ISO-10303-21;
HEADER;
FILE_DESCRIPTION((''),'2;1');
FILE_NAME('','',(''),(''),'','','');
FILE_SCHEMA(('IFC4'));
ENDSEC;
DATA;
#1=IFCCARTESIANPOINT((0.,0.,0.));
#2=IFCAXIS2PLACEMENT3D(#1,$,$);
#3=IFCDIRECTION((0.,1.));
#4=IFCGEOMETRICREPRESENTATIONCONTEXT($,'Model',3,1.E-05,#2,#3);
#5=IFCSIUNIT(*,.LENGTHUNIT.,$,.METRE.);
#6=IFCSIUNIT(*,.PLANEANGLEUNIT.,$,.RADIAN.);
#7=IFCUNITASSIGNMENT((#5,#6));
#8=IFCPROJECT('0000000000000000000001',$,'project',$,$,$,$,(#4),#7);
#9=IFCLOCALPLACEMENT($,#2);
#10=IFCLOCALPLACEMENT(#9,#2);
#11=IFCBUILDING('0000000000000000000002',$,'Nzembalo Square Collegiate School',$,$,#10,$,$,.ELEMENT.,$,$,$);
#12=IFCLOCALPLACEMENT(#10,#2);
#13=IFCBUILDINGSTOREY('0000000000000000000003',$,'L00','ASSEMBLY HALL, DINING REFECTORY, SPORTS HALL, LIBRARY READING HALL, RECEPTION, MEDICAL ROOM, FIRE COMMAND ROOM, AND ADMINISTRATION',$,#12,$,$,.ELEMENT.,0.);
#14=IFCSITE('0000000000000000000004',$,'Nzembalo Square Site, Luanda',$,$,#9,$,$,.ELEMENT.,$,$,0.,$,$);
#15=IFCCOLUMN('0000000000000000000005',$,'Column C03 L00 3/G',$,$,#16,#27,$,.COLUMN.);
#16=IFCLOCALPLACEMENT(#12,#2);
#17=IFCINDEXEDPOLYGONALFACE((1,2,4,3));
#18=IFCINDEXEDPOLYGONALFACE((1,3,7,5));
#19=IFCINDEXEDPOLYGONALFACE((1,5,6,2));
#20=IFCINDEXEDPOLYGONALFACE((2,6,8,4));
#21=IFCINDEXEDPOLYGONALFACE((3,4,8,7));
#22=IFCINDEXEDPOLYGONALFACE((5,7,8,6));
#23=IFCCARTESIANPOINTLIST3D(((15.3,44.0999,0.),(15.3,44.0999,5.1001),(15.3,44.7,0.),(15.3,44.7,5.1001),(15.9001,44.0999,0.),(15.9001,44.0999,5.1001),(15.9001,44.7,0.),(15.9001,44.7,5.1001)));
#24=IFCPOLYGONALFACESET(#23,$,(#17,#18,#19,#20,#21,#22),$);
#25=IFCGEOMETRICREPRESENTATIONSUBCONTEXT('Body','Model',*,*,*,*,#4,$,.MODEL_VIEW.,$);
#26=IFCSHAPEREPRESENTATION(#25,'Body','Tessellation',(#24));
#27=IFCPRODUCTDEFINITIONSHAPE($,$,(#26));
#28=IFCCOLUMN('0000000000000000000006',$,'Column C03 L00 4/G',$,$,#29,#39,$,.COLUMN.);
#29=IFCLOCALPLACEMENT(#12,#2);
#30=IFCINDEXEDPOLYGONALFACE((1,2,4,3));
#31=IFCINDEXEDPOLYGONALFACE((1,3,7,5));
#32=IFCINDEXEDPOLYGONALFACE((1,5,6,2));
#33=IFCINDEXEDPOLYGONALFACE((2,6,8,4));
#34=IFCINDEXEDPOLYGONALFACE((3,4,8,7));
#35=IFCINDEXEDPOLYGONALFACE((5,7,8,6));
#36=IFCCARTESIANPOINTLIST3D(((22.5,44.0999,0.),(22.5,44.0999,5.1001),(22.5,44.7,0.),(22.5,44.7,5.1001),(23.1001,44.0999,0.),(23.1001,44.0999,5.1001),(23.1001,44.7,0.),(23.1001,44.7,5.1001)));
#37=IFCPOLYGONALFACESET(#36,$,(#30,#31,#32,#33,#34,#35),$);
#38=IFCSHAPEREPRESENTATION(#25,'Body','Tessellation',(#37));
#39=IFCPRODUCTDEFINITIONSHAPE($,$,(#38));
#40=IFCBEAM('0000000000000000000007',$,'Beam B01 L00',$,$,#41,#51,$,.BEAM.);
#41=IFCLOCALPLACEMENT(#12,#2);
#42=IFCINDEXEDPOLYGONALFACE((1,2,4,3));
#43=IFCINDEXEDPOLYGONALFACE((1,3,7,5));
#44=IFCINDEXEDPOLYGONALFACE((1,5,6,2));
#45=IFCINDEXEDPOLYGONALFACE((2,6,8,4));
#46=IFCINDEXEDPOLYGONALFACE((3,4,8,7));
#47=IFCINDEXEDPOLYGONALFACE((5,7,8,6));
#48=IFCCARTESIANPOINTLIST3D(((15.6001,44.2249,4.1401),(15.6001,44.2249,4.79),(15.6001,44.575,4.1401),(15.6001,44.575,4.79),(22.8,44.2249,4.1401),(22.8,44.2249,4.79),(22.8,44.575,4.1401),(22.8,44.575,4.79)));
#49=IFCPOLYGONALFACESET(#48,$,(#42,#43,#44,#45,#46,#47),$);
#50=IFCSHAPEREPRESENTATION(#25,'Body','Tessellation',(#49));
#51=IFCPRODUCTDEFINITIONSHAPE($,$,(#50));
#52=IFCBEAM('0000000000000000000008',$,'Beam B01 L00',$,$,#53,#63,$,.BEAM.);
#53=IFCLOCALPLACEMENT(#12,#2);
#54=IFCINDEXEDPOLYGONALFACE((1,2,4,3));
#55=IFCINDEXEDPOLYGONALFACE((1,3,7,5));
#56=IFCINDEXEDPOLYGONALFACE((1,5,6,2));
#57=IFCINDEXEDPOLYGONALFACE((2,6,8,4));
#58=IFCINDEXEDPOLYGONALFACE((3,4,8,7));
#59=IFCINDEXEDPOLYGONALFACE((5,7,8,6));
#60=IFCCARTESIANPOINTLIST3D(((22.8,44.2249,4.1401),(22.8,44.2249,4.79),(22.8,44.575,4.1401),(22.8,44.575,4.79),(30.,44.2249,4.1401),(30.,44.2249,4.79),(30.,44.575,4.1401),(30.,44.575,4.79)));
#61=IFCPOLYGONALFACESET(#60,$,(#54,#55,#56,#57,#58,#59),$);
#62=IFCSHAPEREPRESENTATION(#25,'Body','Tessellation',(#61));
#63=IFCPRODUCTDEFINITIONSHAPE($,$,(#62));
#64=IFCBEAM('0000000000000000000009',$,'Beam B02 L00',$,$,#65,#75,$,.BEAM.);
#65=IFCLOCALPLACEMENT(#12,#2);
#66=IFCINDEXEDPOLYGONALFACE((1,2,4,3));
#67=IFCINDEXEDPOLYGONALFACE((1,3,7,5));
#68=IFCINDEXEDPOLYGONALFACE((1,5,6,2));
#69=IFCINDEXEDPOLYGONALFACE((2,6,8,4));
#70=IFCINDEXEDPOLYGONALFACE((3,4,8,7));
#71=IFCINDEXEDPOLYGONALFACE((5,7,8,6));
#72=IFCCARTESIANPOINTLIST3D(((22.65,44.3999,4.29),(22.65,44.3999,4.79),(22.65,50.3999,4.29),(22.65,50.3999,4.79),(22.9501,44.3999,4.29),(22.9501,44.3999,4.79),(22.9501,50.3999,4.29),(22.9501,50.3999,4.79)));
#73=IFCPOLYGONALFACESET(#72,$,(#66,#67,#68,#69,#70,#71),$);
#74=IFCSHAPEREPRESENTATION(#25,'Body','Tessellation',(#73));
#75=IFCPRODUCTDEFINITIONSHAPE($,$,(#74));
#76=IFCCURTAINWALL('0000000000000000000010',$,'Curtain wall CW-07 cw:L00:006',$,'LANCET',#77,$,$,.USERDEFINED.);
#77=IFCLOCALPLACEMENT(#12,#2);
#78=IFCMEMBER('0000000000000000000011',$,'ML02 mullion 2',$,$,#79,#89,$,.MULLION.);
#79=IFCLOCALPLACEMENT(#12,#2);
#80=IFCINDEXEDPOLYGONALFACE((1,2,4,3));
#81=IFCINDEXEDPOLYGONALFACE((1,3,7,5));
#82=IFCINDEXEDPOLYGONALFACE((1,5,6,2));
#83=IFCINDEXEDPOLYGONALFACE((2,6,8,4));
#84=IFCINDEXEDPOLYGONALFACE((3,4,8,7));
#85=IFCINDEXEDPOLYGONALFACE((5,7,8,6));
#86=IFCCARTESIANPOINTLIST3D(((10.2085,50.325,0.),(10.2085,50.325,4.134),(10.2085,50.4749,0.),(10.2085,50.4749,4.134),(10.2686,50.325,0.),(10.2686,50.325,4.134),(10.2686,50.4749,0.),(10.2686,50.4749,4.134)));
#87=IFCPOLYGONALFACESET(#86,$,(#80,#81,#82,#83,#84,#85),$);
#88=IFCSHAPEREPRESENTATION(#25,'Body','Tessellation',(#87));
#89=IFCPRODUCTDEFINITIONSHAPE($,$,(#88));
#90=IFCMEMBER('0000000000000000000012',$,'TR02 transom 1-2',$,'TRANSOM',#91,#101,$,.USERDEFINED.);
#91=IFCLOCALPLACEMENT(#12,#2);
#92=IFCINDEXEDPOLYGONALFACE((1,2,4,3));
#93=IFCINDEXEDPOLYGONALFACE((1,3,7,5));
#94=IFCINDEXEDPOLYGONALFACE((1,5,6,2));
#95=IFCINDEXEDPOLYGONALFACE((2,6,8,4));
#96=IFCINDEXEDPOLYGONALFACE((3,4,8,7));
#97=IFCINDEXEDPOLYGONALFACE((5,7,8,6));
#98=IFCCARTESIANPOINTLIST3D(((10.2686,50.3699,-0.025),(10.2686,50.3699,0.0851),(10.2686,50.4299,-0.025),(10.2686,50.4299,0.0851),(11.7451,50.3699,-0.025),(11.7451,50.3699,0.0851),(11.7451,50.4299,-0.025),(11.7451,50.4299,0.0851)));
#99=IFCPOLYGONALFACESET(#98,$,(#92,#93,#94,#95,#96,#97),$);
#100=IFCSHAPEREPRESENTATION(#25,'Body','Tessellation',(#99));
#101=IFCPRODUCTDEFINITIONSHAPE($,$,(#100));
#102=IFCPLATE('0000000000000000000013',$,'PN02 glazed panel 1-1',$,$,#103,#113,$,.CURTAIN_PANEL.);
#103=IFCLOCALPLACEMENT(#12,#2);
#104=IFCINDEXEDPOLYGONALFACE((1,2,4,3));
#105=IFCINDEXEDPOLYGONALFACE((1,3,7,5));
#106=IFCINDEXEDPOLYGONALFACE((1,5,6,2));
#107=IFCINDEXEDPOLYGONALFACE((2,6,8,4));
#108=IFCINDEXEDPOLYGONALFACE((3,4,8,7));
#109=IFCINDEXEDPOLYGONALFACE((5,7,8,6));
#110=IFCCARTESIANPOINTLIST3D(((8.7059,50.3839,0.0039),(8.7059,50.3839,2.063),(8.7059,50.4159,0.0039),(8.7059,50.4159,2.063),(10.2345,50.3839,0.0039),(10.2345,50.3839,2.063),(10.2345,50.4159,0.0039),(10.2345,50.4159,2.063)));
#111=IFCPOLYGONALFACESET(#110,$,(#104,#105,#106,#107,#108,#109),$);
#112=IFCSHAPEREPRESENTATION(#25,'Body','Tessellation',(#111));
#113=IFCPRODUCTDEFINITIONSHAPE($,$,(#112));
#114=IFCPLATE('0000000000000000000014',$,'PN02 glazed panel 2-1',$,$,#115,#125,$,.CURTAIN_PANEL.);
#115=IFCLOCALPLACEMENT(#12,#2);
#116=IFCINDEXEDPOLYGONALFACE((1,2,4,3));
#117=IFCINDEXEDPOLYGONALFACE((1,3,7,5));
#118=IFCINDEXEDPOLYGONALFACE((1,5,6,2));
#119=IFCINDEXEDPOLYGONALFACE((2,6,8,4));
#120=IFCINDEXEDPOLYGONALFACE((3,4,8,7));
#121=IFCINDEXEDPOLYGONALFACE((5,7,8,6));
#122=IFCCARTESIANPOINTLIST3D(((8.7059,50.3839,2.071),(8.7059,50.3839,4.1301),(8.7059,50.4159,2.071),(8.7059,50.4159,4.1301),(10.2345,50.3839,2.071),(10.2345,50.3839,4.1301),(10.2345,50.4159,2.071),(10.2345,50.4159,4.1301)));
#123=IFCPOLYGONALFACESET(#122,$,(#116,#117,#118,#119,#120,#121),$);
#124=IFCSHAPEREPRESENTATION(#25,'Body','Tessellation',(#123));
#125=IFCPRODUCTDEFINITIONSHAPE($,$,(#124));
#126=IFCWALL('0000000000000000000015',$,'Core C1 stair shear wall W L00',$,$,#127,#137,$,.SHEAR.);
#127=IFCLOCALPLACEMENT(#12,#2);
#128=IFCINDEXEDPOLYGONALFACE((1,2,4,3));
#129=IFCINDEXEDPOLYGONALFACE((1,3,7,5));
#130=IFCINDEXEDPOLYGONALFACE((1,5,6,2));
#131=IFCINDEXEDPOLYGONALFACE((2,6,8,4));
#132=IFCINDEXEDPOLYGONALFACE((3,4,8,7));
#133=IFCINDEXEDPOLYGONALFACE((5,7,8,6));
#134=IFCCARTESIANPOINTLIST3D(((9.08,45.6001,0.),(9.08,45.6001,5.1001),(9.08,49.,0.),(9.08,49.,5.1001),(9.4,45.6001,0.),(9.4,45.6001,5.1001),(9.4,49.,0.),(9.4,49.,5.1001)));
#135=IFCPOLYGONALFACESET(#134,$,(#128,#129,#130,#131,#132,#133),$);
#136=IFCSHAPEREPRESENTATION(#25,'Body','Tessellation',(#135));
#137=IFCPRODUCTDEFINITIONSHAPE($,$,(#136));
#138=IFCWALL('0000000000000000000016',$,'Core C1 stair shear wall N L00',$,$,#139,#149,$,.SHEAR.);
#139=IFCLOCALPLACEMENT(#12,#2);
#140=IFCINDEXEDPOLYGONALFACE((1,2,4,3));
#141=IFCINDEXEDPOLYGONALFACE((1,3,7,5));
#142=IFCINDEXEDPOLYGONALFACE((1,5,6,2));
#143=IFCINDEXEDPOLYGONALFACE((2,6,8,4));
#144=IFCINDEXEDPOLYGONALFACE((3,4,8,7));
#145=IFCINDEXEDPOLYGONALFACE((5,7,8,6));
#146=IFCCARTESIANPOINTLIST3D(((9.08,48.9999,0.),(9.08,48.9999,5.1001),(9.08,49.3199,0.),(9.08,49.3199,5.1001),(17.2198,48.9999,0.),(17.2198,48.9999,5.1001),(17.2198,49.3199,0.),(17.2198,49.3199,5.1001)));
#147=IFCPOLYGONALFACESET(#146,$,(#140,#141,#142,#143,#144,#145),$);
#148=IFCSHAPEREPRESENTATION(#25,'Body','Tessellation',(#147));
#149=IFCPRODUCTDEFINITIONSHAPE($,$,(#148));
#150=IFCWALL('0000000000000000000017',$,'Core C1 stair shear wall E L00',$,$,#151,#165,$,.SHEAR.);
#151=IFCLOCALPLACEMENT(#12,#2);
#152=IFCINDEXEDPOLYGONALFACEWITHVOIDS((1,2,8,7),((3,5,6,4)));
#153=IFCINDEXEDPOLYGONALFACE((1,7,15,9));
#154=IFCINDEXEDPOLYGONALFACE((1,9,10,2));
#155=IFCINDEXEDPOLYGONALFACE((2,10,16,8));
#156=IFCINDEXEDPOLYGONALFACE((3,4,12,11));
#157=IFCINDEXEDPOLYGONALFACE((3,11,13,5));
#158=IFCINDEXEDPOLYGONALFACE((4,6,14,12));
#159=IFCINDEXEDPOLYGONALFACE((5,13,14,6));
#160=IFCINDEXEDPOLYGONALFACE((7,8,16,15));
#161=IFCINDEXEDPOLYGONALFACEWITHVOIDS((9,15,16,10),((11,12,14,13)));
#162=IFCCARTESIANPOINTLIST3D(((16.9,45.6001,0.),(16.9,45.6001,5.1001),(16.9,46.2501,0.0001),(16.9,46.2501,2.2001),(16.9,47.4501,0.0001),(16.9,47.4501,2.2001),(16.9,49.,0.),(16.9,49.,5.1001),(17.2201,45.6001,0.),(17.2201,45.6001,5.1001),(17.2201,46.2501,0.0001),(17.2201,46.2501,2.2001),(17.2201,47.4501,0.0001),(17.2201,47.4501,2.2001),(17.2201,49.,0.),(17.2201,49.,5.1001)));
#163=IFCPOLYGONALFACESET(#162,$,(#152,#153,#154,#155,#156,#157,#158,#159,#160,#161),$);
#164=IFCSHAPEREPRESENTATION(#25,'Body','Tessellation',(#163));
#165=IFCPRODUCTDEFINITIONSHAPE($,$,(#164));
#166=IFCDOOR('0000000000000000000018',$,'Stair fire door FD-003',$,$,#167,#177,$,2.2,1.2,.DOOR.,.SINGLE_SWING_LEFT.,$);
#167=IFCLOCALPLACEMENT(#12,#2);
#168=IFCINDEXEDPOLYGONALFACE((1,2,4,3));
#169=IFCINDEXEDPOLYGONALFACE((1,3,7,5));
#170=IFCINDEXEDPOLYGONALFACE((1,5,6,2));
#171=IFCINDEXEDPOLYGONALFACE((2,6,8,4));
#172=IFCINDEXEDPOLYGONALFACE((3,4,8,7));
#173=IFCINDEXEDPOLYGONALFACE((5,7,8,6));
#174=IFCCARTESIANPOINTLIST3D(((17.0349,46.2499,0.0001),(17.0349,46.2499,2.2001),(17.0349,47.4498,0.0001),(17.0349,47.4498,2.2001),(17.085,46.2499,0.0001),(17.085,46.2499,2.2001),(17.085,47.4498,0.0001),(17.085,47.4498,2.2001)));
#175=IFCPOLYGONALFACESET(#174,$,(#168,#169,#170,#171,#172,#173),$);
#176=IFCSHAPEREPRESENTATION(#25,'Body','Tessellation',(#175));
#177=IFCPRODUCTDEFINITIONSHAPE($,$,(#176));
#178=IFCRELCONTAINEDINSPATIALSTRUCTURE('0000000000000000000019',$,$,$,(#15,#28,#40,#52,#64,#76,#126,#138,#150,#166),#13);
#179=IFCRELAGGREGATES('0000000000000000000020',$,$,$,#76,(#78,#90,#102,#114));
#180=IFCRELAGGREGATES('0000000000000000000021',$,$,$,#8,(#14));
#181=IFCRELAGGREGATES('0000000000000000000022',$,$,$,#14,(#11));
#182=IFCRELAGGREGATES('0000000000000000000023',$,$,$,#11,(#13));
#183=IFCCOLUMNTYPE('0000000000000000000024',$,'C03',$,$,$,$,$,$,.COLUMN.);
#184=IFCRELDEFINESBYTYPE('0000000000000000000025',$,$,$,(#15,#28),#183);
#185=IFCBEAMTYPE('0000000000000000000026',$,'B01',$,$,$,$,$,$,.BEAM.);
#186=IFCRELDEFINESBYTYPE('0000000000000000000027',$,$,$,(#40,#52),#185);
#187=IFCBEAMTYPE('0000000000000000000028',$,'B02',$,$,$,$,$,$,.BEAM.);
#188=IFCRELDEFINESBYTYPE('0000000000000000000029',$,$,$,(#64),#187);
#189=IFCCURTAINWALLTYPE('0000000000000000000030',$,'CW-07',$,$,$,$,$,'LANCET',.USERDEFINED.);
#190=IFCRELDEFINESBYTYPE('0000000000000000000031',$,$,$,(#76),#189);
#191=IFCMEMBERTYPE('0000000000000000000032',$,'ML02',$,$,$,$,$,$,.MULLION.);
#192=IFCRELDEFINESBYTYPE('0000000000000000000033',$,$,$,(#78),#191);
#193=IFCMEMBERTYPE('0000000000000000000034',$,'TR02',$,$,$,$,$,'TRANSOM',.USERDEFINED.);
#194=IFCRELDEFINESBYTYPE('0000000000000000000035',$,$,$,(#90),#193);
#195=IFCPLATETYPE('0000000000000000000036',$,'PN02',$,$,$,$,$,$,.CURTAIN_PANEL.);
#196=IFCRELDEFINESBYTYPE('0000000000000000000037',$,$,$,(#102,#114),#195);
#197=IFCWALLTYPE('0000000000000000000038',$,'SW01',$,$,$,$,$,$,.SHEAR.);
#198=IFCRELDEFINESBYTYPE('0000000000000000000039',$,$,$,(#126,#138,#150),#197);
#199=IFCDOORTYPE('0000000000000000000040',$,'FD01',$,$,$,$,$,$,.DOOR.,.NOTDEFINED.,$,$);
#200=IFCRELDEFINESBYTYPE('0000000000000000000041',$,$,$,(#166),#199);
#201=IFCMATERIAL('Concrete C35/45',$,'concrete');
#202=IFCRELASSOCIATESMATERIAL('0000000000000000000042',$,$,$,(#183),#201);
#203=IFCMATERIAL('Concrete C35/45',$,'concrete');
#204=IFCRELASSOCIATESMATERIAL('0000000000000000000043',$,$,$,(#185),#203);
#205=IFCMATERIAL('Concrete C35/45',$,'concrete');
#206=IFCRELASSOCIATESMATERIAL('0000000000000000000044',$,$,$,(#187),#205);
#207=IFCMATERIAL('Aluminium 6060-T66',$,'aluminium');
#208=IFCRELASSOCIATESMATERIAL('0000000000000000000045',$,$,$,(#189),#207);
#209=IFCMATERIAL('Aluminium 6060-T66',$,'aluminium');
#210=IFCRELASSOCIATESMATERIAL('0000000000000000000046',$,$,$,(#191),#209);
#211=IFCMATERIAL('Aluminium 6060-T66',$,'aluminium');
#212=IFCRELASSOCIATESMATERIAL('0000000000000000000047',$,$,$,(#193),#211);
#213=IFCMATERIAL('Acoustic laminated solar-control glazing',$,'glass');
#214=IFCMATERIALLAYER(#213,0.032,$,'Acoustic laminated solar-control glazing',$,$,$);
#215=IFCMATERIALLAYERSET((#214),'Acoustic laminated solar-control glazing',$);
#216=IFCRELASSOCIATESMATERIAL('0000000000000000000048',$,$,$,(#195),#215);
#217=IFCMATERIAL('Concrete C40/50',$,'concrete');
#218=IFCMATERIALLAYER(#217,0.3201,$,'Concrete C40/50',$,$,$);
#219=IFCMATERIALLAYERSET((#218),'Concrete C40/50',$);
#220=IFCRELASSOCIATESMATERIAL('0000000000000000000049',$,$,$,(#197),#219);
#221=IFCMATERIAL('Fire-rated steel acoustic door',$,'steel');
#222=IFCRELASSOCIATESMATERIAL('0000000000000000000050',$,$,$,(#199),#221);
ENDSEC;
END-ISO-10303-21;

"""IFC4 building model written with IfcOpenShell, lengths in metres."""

from ifc_helpers import new_model, si_unit, direction, frame, frame_2d, origin, origin_2d, place, context, subcontext, project, spatial, rectangle, extrude, material, layer, layer_set, material_profile, profile_set, type_object, element, fill, aggregate, save


model = new_model("IFC4")

# Units and contexts
model_context = context("Model", 3, precision=1e-05, world=origin(), true_north=direction((0.0, 1.0)))
body_context = subcontext(model_context, "Body", "Model", "MODEL_VIEW")
ifc_project = project(units=[si_unit("LENGTHUNIT", "METRE"), si_unit("PLANEANGLEUNIT", "RADIAN")], contexts=[model_context])

# Site, building, storey
site_placement = place(None, origin())
site = spatial("IfcSite", under=ifc_project, at=site_placement, Name="Nzembalo Square Site, Luanda", CompositionType="ELEMENT", RefElevation=0.0)
building_placement = place(site_placement, origin())
building = spatial("IfcBuilding", under=site, at=building_placement, Name="Nzembalo Square Collegiate School", CompositionType="ELEMENT")
storey_placement = place(building_placement, origin())
storey = spatial("IfcBuildingStorey", under=building, at=storey_placement, Name="L00", Description="ASSEMBLY HALL, DINING REFECTORY, SPORTS HALL, LIBRARY READING HALL, RECEPTION, MEDICAL ROOM, FIRE COMMAND ROOM, AND ADMINISTRATION", CompositionType="ELEMENT", Elevation=0.0)

# Columns
ifc_material_1 = material(Name="Concrete C35/45", Category="concrete")
ifc_material_profile_1 = material_profile(ifc_material_1, rectangle(XDim=0.6001, YDim=0.6001, at=origin_2d()), Name="RC 600x600")
ifc_profile_set_1 = profile_set([ifc_material_profile_1], Name="Concrete C35/45")
column_type = type_object("IfcColumnType", Name="C03", PredefinedType="COLUMN", material=ifc_profile_set_1)
for number, where, z_axis, x_axis, name in (
    (1, (15.6001, 44.3999, 0.0), (0.0, 0.0, 1.0), (1.0, 0.0, 0.0), "Column C03 L00 3/G"),
    (2, (22.8, 44.3999, 0.0), (0.0, 0.0, 1.0), (1.0, 0.0, 0.0), "Column C03 L00 4/G"),
):
    element("IfcColumn", number, at=place(storey_placement, frame(where, z_axis=z_axis, x_axis=x_axis)), inside=storey, type_object=column_type, Name=name, PredefinedType="COLUMN", context=body_context, shape_type="SweptSolid", body=[
        extrude(rectangle(XDim=0.6001, YDim=0.6001, at=origin_2d()), origin(), (0.0, 0.0, 1.0), 5.1001),
    ])

# Beams
ifc_material_2 = material(Name="Concrete C35/45", Category="concrete")
ifc_material_profile_2 = material_profile(ifc_material_2, rectangle(XDim=0.3501, YDim=0.6499, at=origin_2d()), Name="RC 350x650")
ifc_profile_set_2 = profile_set([ifc_material_profile_2], Name="Concrete C35/45")
beam_type_1 = type_object("IfcBeamType", Name="B01", PredefinedType="BEAM", material=ifc_profile_set_2)
for number, where, z_axis, x_axis, name in (
    (3, (15.6001, 44.3999, 4.4651), (1.0, 0.0, 0.0), (0.0, 1.0, 0.0), "Beam B01 L00"),
    (4, (22.8, 44.3999, 4.4651), (1.0, 0.0, 0.0), (0.0, 1.0, 0.0), "Beam B01 L00"),
):
    element("IfcBeam", number, at=place(storey_placement, frame(where, z_axis=z_axis, x_axis=x_axis)), inside=storey, type_object=beam_type_1, Name=name, PredefinedType="BEAM", context=body_context, shape_type="SweptSolid", body=[
        extrude(rectangle(XDim=0.3501, YDim=0.6499, at=origin_2d()), origin(), (0.0, 0.0, 1.0), 7.2),
    ])
ifc_material_3 = material(Name="Concrete C35/45", Category="concrete")
ifc_material_profile_3 = material_profile(ifc_material_3, rectangle(XDim=0.3, YDim=0.5, at=origin_2d()), Name="RC 300x500")
ifc_profile_set_3 = profile_set([ifc_material_profile_3], Name="Concrete C35/45")
beam_type_2 = type_object("IfcBeamType", Name="B02", PredefinedType="BEAM", material=ifc_profile_set_3)
beam_placement = place(storey_placement, frame((22.8, 44.3999, 4.54), z_axis=(0.0, 1.0, 0.0), x_axis=(-1.0, 0.0, 0.0)))
element("IfcBeam", 5, at=beam_placement, inside=storey, type_object=beam_type_2, Name="Beam B02 L00", PredefinedType="BEAM", context=body_context, shape_type="SweptSolid", body=[
    extrude(rectangle(XDim=0.3, YDim=0.5, at=origin_2d()), origin(), (0.0, 0.0, 1.0), 6.0),
])

# Curtain wall, members, plates
ifc_material_4 = material(Name="Aluminium 6060-T66", Category="aluminium")
curtain_wall_type = type_object("IfcCurtainWallType", Name="CW-07", ElementType="LANCET", PredefinedType="USERDEFINED", material=ifc_material_4)
curtain_wall_placement = place(storey_placement, origin())
curtain_wall = element("IfcCurtainWall", 6, at=curtain_wall_placement, inside=storey, type_object=curtain_wall_type, Name="Curtain wall CW-07 cw:L00:006", ObjectType="LANCET", PredefinedType="USERDEFINED")
ifc_material_5 = material(Name="Aluminium 6060-T66", Category="aluminium")
ifc_material_profile_4 = material_profile(ifc_material_5, rectangle(XDim=0.0601, YDim=0.1499, at=origin_2d()), Name="ALU M60x150")
ifc_profile_set_4 = profile_set([ifc_material_profile_4], Name="Aluminium 6060-T66")
member_type_1 = type_object("IfcMemberType", Name="ML02", PredefinedType="MULLION", material=ifc_profile_set_4)
member_1_placement = place(storey_placement, frame((10.2385, 50.3999, 0.0), z_axis=(0.0, 0.0, 1.0), x_axis=(1.0, 0.0, 0.0)))
member_1 = element("IfcMember", 7, at=member_1_placement, type_object=member_type_1, Name="ML02 mullion 2", PredefinedType="MULLION", context=body_context, shape_type="SweptSolid", body=[
    extrude(rectangle(XDim=0.0601, YDim=0.1499, at=origin_2d()), origin(), (0.0, 0.0, 1.0), 4.134),
])
ifc_material_6 = material(Name="Aluminium 6060-T66", Category="aluminium")
ifc_material_profile_5 = material_profile(ifc_material_6, rectangle(XDim=0.0601, YDim=0.1101, at=origin_2d()), Name="ALU T60x110")
ifc_profile_set_5 = profile_set([ifc_material_profile_5], Name="Aluminium 6060-T66")
member_type_2 = type_object("IfcMemberType", Name="TR02", ElementType="TRANSOM", PredefinedType="USERDEFINED", material=ifc_profile_set_5)
member_2_placement = place(storey_placement, frame((10.2686, 50.3999, 0.03), z_axis=(1.0, 0.0, 0.0), x_axis=(0.0, 1.0, 0.0)))
member_2 = element("IfcMember", 8, at=member_2_placement, type_object=member_type_2, Name="TR02 transom 1-2", ObjectType="TRANSOM", PredefinedType="USERDEFINED", context=body_context, shape_type="SweptSolid", body=[
    extrude(rectangle(XDim=0.0601, YDim=0.1101, at=origin_2d()), origin(), (0.0, 0.0, 1.0), 1.4766),
])
ifc_material_7 = material(Name="Acoustic laminated solar-control glazing", Category="glass")
ifc_layer_1 = layer(ifc_material_7, 0.032, Name="Acoustic laminated solar-control glazing")
ifc_layer_set_1 = layer_set([ifc_layer_1], Name="Acoustic laminated solar-control glazing")
plate_type = type_object("IfcPlateType", Name="PN02", PredefinedType="CURTAIN_PANEL", material=ifc_layer_set_1)
plate_1_placement = place(storey_placement, frame((9.4702, 50.3999, 0.0039), z_axis=(0.0, 0.0, 1.0), x_axis=(1.0, 0.0, 0.0)))
plate_1 = element("IfcPlate", 9, at=plate_1_placement, type_object=plate_type, Name="PN02 glazed panel 1-1", PredefinedType="CURTAIN_PANEL", context=body_context, shape_type="SweptSolid", body=[
    extrude(rectangle(XDim=1.5286, YDim=0.032, at=origin_2d()), origin(), (0.0, 0.0, 1.0), 2.0591),
])
plate_2_placement = place(storey_placement, frame((9.4702, 50.3999, 2.071), z_axis=(0.0, 0.0, 1.0), x_axis=(1.0, 0.0, 0.0)))
plate_2 = element("IfcPlate", 10, at=plate_2_placement, type_object=plate_type, Name="PN02 glazed panel 2-1", PredefinedType="CURTAIN_PANEL", context=body_context, shape_type="SweptSolid", body=[
    extrude(rectangle(XDim=1.5286, YDim=0.032, at=origin_2d()), origin(), (0.0, 0.0, 1.0), 2.0591),
])
aggregate(curtain_wall, [member_1, member_2, plate_1, plate_2])

# Walls
ifc_material_8 = material(Name="Concrete C40/50", Category="concrete")
ifc_layer_2 = layer(ifc_material_8, 0.3201, Name="Concrete C40/50")
ifc_layer_set_2 = layer_set([ifc_layer_2], Name="Concrete C40/50")
wall_type_1 = type_object("IfcWallType", Name="SW01", PredefinedType="SHEAR", material=ifc_layer_set_2)
wall_1_placement = place(storey_placement, frame((9.24, 45.6001, 0.0), z_axis=(0.0, 0.0, 1.0), x_axis=(0.0, 1.0, 0.0)))
element("IfcWall", 11, at=wall_1_placement, inside=storey, type_object=wall_type_1, Name="Core C1 stair shear wall W L00", PredefinedType="SHEAR", context=body_context, shape_type="SweptSolid", body=[
    extrude(rectangle(XDim=3.3999, YDim=0.3201, at=frame_2d((1.7, 0.0))), origin(), (0.0, 0.0, 1.0), 5.1001),
])
wall_2_placement = place(storey_placement, frame((9.0801, 49.1599, 0.0), z_axis=(0.0, 0.0, 1.0), x_axis=(1.0, 0.0, 0.0)))
element("IfcWall", 12, at=wall_2_placement, inside=storey, type_object=wall_type_1, Name="Core C1 stair shear wall N L00", PredefinedType="SHEAR", context=body_context, shape_type="SweptSolid", body=[
    extrude(rectangle(XDim=8.1399, YDim=0.3201, at=frame_2d((4.0698, 0.0))), origin(), (0.0, 0.0, 1.0), 5.1001),
])

# Wall, opening, door
wall_3_placement = place(storey_placement, frame((17.0601, 45.6001, 0.0), z_axis=(0.0, 0.0, 1.0), x_axis=(0.0, 1.0, 0.0)))
wall_3 = element("IfcWall", 13, at=wall_3_placement, inside=storey, type_object=wall_type_1, Name="Core C1 stair shear wall E L00", PredefinedType="SHEAR", context=body_context, shape_type="SweptSolid", body=[
    extrude(rectangle(XDim=3.3999, YDim=0.3201, at=frame_2d((1.7, 0.0))), origin(), (0.0, 0.0, 1.0), 5.1001),
])
opening_1_placement = place(wall_3_placement, frame((0.6499, 0.0, 0.0)))
opening_1 = element("IfcOpeningElement", 14, at=opening_1_placement, cuts=wall_3, PredefinedType="OPENING", context=body_context, shape_type="SweptSolid", body=[
    extrude(rectangle(XDim=1.2, YDim=2.2, at=frame_2d((0.6001, 1.1001))), frame((0.0, 0.1699, 0.0), z_axis=(0.0, -1.0, 0.0), x_axis=(1.0, 0.0, 0.0)), (0.0, 0.0, 1.0), 0.3401),
])
ifc_material_9 = material(Name="Fire-rated steel acoustic door", Category="steel")
door_type_1 = type_object("IfcDoorType", Name="FD01", OperationType="NOTDEFINED", PredefinedType="DOOR", material=ifc_material_9)
door_1_placement = place(opening_1_placement, frame((1.2, 0.0, 0.0), z_axis=(0.0, 0.0, 1.0), x_axis=(-1.0, 0.0, 0.0)))
door_1 = element("IfcDoor", 15, at=door_1_placement, inside=storey, type_object=door_type_1, Name="Stair fire door FD-003", OperationType="SINGLE_SWING_LEFT", OverallHeight=2.2, OverallWidth=1.2, PredefinedType="DOOR", context=body_context, shape_type="SweptSolid", body=[
    extrude(rectangle(XDim=1.2, YDim=2.2, at=frame_2d((0.6001, 1.1001))), frame((0.0, 0.0249, 0.0), z_axis=(0.0, -1.0, 0.0), x_axis=(1.0, 0.0, 0.0)), (0.0, 0.0, 1.0), 0.05),
])
fill(opening_1, door_1)

save(model, "model.ifc")
